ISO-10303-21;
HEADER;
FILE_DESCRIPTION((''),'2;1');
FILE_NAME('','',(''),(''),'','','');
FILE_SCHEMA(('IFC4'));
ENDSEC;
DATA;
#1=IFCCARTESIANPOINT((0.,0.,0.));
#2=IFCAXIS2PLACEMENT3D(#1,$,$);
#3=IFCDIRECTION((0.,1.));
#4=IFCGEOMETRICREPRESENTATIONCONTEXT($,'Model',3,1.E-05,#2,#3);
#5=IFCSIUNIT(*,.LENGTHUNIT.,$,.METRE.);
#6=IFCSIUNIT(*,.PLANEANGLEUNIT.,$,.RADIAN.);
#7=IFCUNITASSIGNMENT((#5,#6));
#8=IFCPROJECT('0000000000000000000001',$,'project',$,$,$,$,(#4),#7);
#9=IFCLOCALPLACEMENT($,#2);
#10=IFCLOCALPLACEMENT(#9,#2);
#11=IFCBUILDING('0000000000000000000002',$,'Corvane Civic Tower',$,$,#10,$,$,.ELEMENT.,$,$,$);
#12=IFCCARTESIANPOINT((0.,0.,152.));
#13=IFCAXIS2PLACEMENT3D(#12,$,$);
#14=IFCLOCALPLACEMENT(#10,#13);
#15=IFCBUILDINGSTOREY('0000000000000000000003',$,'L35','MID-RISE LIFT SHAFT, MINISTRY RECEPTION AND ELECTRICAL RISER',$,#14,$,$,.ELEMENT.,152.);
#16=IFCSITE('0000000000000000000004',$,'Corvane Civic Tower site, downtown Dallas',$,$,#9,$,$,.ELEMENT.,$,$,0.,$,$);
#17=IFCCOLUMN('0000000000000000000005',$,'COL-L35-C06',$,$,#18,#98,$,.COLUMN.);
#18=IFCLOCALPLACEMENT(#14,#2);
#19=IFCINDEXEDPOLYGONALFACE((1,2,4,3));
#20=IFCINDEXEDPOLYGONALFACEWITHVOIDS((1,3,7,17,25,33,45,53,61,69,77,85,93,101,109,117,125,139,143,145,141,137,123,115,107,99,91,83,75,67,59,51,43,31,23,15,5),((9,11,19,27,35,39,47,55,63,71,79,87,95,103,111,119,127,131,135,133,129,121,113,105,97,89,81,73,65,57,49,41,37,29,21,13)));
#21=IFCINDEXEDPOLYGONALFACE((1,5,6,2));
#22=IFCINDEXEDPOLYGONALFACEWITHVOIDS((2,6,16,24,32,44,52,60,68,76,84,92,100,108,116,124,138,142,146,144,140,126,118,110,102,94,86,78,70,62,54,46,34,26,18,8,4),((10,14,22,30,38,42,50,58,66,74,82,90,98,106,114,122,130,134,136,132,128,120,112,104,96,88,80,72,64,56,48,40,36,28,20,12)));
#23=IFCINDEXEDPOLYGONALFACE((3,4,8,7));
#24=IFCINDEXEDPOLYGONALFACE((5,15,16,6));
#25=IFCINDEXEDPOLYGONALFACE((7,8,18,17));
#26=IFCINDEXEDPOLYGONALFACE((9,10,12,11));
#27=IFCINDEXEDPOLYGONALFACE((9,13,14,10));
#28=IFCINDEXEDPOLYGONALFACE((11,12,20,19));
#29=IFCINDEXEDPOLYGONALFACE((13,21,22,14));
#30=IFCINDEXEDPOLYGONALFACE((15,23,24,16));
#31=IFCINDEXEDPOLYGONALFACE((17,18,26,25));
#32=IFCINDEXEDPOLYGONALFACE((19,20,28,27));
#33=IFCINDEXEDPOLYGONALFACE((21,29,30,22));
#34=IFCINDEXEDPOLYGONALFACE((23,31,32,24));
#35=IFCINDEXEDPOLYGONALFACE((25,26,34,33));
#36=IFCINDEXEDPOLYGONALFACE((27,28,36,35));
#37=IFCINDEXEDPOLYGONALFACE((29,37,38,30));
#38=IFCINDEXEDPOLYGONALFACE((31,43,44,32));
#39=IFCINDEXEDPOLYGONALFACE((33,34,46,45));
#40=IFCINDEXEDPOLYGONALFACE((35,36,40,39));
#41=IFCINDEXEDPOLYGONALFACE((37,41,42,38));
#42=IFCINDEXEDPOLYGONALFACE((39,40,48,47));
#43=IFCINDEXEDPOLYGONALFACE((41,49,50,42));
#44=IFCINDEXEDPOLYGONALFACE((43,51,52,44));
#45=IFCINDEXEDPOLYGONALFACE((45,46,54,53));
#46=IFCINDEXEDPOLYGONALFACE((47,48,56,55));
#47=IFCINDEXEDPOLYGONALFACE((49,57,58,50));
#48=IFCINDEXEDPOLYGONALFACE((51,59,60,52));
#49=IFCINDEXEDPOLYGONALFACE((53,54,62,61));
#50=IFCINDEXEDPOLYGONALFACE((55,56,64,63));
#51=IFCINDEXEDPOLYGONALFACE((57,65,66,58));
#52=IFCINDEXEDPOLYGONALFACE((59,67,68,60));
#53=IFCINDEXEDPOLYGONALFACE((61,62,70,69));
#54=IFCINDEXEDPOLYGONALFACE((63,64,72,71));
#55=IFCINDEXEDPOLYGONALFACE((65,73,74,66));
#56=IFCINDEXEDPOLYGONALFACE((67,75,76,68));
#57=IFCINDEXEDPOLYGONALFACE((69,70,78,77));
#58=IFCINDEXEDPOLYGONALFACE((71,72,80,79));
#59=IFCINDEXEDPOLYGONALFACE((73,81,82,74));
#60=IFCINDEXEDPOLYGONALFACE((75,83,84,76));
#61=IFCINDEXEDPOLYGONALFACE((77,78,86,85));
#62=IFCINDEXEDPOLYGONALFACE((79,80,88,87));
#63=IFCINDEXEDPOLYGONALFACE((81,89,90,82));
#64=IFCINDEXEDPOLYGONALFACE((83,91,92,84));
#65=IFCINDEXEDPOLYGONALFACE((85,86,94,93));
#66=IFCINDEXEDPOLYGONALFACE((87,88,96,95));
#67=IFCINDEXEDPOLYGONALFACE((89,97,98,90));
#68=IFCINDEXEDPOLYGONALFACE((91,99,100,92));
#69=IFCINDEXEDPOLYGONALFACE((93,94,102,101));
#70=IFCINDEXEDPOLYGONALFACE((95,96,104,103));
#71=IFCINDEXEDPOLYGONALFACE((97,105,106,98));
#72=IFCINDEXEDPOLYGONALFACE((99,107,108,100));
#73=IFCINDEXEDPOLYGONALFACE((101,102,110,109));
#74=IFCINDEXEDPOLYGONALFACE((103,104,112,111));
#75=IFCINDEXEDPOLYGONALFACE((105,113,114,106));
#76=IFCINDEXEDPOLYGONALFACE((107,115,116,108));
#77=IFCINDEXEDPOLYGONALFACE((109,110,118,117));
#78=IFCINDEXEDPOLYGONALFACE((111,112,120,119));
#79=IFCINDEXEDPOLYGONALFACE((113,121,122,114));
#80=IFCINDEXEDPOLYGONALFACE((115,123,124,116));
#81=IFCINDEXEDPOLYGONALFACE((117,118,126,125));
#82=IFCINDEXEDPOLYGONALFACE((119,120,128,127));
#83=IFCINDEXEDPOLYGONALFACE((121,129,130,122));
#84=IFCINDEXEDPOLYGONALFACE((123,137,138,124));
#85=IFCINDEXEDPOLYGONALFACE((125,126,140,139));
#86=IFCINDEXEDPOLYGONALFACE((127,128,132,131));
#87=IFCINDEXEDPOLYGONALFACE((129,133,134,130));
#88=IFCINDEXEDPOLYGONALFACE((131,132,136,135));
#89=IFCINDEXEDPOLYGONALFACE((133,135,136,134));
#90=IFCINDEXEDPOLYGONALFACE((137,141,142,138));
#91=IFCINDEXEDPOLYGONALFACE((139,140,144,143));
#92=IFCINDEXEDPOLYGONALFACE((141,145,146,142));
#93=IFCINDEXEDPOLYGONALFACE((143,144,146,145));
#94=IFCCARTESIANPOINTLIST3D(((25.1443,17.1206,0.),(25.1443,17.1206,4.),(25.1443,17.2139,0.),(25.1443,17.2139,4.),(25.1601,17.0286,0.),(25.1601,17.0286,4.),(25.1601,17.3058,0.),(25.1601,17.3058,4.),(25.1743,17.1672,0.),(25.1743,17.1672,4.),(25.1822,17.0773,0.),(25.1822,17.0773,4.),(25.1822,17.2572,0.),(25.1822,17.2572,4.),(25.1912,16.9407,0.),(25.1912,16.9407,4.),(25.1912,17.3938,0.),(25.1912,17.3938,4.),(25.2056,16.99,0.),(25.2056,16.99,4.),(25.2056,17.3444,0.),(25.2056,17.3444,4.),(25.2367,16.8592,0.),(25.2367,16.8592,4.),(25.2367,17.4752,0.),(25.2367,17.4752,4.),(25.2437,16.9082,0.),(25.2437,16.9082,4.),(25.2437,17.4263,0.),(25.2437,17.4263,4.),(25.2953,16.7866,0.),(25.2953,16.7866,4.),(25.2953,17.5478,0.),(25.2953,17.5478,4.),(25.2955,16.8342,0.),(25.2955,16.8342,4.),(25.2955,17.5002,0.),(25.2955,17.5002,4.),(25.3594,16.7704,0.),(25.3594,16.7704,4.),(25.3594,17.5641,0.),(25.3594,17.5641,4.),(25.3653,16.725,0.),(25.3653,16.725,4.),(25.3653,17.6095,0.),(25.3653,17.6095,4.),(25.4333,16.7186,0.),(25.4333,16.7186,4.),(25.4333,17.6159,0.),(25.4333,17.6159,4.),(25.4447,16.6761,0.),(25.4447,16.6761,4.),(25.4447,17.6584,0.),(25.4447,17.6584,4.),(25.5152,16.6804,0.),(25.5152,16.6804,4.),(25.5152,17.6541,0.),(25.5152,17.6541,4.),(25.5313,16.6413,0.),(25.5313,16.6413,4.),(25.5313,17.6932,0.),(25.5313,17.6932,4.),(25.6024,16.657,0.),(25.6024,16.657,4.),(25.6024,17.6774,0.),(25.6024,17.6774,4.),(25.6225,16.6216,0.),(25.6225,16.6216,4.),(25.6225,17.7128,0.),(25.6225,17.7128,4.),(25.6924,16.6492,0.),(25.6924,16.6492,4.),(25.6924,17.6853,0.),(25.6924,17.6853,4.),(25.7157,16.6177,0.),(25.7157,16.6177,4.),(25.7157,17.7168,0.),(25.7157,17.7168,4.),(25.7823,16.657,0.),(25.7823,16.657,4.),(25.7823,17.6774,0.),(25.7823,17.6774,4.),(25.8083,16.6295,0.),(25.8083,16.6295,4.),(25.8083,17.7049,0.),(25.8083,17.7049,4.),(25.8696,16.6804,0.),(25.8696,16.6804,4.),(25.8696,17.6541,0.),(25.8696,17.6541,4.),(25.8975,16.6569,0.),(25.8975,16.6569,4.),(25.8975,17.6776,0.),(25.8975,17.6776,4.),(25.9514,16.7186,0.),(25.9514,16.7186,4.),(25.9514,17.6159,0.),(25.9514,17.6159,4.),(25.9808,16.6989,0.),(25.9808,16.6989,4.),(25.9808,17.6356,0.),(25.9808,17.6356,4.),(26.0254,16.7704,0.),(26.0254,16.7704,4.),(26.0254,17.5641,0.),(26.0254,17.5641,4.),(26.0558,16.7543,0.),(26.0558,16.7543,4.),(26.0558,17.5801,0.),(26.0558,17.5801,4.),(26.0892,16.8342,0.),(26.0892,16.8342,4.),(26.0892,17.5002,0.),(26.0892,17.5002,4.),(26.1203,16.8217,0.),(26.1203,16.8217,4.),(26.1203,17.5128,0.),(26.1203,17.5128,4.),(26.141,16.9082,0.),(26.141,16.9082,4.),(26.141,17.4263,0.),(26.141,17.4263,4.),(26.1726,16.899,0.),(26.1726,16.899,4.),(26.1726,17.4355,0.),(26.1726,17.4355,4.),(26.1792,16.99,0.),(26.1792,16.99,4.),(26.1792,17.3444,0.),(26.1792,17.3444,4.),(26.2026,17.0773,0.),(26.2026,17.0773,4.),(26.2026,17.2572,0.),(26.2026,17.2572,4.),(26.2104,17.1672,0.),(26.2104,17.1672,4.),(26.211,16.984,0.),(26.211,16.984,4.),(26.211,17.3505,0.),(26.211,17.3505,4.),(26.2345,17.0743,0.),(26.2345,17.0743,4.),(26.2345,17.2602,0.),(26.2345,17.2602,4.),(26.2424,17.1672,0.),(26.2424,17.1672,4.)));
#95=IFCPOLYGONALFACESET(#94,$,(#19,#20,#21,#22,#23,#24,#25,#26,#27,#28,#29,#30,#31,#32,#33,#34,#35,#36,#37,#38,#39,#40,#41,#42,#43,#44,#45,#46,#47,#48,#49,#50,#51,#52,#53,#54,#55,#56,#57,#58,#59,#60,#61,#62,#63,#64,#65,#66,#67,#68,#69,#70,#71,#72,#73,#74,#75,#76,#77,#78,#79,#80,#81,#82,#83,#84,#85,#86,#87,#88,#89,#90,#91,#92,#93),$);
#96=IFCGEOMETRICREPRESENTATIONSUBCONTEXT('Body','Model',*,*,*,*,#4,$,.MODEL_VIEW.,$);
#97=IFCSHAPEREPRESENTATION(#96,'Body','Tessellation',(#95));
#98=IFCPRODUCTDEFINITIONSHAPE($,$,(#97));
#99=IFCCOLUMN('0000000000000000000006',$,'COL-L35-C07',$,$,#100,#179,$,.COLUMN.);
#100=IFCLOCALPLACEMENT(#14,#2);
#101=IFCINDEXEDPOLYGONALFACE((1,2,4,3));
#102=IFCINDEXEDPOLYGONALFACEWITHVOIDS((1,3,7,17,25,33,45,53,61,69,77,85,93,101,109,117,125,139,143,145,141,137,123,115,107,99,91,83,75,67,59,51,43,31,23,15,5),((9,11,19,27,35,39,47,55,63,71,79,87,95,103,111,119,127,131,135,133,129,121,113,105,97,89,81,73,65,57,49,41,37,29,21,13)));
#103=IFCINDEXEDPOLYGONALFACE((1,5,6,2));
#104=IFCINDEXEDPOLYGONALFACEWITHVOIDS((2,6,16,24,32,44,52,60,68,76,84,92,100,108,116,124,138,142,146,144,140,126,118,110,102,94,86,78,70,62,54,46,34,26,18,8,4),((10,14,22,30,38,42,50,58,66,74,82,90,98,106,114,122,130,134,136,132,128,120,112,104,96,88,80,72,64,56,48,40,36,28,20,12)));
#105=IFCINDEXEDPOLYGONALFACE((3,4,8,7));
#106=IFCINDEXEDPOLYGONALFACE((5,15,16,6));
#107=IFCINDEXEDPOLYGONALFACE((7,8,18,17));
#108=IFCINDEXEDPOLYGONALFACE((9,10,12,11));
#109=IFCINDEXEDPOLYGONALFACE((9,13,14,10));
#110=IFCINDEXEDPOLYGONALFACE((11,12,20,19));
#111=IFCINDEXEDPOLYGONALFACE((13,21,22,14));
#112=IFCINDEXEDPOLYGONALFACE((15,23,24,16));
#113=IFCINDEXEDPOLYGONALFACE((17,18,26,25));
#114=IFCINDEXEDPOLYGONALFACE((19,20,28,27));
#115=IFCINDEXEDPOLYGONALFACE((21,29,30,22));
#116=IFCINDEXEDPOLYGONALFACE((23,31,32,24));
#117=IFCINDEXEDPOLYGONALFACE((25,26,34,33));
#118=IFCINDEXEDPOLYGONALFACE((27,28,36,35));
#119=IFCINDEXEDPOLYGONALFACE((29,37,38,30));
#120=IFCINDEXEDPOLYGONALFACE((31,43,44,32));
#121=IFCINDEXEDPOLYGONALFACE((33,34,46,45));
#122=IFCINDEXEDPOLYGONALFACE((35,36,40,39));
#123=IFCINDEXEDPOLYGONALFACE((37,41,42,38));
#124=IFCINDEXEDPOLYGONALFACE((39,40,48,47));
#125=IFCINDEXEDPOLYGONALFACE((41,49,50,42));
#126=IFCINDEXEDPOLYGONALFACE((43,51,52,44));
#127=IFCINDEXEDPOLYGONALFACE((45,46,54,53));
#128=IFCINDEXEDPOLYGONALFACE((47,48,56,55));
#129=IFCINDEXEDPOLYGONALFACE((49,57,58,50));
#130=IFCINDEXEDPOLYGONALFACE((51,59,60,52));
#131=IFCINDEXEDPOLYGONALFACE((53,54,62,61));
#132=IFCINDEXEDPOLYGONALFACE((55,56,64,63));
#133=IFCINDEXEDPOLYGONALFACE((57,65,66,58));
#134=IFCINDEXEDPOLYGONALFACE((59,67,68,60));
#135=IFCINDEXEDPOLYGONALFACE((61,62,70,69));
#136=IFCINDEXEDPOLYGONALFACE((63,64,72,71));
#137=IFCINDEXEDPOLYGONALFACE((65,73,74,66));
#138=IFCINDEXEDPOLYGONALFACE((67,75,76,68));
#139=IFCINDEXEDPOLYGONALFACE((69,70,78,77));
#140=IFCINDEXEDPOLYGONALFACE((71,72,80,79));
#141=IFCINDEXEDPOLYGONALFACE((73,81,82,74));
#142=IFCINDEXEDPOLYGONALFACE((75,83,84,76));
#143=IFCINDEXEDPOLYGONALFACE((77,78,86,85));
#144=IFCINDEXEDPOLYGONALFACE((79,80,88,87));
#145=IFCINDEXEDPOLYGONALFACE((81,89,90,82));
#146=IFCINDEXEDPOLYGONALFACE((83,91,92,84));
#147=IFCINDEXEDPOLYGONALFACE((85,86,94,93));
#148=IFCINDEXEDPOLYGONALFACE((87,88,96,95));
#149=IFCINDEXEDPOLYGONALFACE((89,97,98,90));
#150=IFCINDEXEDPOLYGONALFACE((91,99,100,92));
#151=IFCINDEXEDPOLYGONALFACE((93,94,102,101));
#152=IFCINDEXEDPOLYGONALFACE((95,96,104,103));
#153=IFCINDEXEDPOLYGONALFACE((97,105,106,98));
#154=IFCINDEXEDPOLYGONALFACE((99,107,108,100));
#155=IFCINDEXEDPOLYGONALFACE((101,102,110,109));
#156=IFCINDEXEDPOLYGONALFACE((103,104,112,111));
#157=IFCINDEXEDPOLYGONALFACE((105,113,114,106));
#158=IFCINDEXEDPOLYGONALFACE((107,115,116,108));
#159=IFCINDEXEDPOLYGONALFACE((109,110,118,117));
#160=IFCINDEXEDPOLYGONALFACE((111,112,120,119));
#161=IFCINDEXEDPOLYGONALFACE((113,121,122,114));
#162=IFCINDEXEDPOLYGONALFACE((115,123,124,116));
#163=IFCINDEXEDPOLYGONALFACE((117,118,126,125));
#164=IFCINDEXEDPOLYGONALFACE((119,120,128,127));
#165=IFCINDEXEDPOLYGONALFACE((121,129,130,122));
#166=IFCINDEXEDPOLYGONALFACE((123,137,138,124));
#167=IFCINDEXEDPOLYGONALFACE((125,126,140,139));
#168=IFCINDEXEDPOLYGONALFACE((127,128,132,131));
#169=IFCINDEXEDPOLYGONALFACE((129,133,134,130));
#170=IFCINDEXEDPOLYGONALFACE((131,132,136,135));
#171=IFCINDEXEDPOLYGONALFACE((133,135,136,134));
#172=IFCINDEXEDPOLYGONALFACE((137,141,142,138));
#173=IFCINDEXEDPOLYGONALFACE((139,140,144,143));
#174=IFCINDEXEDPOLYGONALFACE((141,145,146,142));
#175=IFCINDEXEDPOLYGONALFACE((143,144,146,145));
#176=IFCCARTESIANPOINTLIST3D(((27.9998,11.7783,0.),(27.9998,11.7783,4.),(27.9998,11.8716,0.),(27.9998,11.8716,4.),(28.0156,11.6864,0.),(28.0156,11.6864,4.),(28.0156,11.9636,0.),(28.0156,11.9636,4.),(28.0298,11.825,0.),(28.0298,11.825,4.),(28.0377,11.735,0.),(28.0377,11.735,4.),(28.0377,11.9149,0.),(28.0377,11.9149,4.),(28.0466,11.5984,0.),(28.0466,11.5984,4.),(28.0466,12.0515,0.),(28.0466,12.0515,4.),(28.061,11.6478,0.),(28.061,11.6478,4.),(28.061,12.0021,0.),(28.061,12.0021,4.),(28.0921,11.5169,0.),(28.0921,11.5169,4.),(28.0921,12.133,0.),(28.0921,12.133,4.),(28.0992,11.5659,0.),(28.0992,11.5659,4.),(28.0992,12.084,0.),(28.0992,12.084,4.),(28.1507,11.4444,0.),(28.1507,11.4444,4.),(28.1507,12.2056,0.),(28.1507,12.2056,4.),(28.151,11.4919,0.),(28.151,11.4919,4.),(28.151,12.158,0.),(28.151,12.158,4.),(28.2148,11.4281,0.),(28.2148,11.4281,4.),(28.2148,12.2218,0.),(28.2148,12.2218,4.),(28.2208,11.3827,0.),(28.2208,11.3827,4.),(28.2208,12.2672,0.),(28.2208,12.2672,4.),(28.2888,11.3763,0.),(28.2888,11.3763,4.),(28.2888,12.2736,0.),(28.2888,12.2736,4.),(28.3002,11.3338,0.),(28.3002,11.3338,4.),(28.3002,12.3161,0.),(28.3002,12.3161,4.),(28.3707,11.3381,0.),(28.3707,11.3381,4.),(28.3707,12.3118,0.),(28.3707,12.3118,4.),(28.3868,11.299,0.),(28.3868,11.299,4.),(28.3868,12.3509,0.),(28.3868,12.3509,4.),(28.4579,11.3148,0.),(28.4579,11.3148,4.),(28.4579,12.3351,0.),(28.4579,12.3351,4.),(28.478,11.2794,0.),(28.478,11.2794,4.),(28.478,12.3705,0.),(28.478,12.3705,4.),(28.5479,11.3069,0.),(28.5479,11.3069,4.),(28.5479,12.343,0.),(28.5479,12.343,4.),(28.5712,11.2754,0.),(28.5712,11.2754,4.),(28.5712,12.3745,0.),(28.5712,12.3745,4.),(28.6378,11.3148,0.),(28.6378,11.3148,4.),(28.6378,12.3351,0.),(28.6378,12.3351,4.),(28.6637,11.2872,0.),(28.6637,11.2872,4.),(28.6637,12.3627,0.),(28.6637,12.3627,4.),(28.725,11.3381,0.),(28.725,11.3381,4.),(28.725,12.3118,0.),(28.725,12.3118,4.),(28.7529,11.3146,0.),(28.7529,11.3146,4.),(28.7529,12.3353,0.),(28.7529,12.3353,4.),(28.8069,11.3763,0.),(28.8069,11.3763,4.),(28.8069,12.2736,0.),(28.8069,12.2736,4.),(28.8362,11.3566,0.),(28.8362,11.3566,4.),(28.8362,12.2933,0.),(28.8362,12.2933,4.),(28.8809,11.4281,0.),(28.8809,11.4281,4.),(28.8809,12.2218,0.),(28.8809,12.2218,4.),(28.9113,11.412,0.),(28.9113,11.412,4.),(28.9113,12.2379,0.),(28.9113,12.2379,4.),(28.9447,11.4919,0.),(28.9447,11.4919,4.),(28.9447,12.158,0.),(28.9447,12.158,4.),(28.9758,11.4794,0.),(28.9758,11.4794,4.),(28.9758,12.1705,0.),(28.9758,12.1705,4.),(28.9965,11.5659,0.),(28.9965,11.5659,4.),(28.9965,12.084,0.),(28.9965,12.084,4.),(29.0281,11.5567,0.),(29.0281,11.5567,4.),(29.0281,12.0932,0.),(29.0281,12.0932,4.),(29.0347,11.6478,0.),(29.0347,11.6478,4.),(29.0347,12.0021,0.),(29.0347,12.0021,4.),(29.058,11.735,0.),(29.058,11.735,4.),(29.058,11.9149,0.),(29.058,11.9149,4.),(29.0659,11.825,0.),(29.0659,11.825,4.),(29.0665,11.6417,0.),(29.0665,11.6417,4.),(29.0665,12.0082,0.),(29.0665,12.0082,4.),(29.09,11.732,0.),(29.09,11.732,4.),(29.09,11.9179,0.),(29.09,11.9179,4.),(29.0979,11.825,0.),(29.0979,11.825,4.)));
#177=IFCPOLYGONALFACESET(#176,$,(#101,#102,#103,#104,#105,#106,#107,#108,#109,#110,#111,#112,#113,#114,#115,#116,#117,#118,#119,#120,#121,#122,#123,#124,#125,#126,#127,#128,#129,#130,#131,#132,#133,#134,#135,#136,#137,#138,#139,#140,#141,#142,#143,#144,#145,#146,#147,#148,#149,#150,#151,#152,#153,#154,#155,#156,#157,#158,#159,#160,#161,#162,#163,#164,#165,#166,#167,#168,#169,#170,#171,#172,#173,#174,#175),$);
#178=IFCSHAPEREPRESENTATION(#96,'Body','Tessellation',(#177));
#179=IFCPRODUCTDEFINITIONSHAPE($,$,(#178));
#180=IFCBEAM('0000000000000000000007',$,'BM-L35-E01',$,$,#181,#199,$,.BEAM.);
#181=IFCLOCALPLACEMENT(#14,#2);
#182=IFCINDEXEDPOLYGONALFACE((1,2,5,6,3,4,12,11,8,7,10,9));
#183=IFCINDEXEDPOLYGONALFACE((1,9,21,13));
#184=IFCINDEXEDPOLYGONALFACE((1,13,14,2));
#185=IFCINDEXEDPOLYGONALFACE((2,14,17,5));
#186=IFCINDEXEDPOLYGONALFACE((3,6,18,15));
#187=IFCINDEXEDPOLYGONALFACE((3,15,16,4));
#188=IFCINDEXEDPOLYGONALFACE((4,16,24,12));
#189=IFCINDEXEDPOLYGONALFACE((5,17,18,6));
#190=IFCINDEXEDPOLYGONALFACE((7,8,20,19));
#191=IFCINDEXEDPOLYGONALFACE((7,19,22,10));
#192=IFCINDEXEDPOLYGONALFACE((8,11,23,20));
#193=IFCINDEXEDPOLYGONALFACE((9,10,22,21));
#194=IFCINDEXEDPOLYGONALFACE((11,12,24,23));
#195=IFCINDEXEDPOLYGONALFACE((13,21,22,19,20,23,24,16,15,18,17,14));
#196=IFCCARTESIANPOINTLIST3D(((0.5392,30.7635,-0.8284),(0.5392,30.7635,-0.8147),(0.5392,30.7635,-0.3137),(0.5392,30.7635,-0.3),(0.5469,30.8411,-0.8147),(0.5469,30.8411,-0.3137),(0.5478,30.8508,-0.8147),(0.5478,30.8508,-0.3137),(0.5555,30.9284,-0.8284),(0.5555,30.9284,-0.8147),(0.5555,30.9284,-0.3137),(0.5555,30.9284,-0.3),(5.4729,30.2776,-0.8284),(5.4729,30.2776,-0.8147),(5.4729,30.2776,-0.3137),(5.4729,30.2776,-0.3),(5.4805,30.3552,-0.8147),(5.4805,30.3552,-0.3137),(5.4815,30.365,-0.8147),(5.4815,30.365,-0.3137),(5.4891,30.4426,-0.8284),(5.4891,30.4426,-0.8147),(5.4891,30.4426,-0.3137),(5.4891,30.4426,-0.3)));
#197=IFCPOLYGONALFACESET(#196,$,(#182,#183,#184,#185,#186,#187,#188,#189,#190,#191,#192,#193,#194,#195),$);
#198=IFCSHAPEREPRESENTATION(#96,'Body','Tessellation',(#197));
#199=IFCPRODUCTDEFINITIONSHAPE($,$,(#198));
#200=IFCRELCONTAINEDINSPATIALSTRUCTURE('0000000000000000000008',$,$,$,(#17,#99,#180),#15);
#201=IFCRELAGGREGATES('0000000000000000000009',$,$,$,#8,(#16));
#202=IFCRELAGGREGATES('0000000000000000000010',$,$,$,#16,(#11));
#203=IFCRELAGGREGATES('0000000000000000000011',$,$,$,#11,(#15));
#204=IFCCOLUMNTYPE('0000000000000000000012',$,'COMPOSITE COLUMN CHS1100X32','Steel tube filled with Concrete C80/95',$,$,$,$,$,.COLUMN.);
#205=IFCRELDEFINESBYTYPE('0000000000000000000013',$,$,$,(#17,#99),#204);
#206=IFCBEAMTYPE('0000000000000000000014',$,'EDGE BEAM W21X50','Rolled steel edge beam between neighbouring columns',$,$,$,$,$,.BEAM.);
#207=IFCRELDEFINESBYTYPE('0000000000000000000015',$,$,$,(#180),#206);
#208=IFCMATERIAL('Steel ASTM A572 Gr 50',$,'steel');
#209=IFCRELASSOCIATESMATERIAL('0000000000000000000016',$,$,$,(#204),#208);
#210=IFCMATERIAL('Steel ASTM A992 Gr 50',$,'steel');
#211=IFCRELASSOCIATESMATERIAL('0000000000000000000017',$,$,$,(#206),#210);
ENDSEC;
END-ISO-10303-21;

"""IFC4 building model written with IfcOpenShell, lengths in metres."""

from ifc_helpers import new_model, si_unit, direction, frame, origin, origin_2d, place, context, subcontext, project, spatial, hollow_circle, i_section, extrude, material, material_profile, profile_set, type_object, element, save


model = new_model("IFC4")

# Units and contexts
model_context = context("Model", 3, precision=1e-05, world=origin(), true_north=direction((0.0, 1.0)))
body_context = subcontext(model_context, "Body", "Model", "MODEL_VIEW")
ifc_project = project(units=[si_unit("LENGTHUNIT", "METRE"), si_unit("PLANEANGLEUNIT", "RADIAN")], contexts=[model_context])

# Site, building, storey
site_placement = place(None, origin())
site = spatial("IfcSite", under=ifc_project, at=site_placement, Name="Corvane Civic Tower site, downtown Dallas", CompositionType="ELEMENT", RefElevation=0.0)
building_placement = place(site_placement, origin())
building = spatial("IfcBuilding", under=site, at=building_placement, Name="Corvane Civic Tower", CompositionType="ELEMENT")
storey_placement = place(building_placement, frame((0.0, 0.0, 152.0)))
storey = spatial("IfcBuildingStorey", under=building, at=storey_placement, Name="L35", Description="MID-RISE LIFT SHAFT, MINISTRY RECEPTION AND ELECTRICAL RISER", CompositionType="ELEMENT", Elevation=152.0)

# Columns
ifc_material_1 = material(Name="Steel ASTM A572 Gr 50", Category="steel")
ifc_material_profile_1 = material_profile(ifc_material_1, hollow_circle(Radius=0.55, WallThickness=0.032, at=origin_2d()), Name="CHS1100X32")
ifc_profile_set_1 = profile_set([ifc_material_profile_1], Name="Steel ASTM A572 Gr 50")
column_type = type_object("IfcColumnType", Name="COMPOSITE COLUMN CHS1100X32", Description="Steel tube filled with Concrete C80/95", PredefinedType="COLUMN", material=ifc_profile_set_1)
for number, where, z_axis, x_axis, name in (
    (1, (25.6924, 17.1672, 0.0), (0.0, 0.0, 1.0), (1.0, 0.0, 0.0), "COL-L35-C06"),
    (2, (28.5479, 11.825, 0.0), (0.0, 0.0, 1.0), (1.0, 0.0, 0.0), "COL-L35-C07"),
):
    element("IfcColumn", number, at=place(storey_placement, frame(where, z_axis=z_axis, x_axis=x_axis)), inside=storey, type_object=column_type, Name=name, PredefinedType="COLUMN", context=body_context, shape_type="SweptSolid", body=[
        extrude(hollow_circle(Radius=0.55, WallThickness=0.032, at=origin_2d()), origin(), (0.0, 0.0, 1.0), 4.0),
    ])

# Beam
ifc_material_2 = material(Name="Steel ASTM A992 Gr 50", Category="steel")
ifc_material_profile_2 = material_profile(ifc_material_2, i_section(OverallWidth=0.1658, OverallDepth=0.5283, WebThickness=0.0098, FlangeThickness=0.0137, at=origin_2d()), Name="W21X50")
ifc_profile_set_2 = profile_set([ifc_material_profile_2], Name="Steel ASTM A992 Gr 50")
beam_type_1 = type_object("IfcBeamType", Name="EDGE BEAM W21X50", Description="Rolled steel edge beam between neighbouring columns", PredefinedType="BEAM", material=ifc_profile_set_2)
beam_1_placement = place(storey_placement, frame((0.5474, 30.8459, -0.5642), z_axis=(0.995186, -0.098002, 0.0), x_axis=(0.098002, 0.995186, 0.0)))
element("IfcBeam", 3, at=beam_1_placement, inside=storey, type_object=beam_type_1, Name="BM-L35-E01", PredefinedType="BEAM", context=body_context, shape_type="SweptSolid", body=[
    extrude(i_section(OverallWidth=0.1658, OverallDepth=0.5283, WebThickness=0.0098, FlangeThickness=0.0137, at=origin_2d()), origin(), (0.0, 0.0, 1.0), 4.9575),
])

save(model, "model.ifc")
